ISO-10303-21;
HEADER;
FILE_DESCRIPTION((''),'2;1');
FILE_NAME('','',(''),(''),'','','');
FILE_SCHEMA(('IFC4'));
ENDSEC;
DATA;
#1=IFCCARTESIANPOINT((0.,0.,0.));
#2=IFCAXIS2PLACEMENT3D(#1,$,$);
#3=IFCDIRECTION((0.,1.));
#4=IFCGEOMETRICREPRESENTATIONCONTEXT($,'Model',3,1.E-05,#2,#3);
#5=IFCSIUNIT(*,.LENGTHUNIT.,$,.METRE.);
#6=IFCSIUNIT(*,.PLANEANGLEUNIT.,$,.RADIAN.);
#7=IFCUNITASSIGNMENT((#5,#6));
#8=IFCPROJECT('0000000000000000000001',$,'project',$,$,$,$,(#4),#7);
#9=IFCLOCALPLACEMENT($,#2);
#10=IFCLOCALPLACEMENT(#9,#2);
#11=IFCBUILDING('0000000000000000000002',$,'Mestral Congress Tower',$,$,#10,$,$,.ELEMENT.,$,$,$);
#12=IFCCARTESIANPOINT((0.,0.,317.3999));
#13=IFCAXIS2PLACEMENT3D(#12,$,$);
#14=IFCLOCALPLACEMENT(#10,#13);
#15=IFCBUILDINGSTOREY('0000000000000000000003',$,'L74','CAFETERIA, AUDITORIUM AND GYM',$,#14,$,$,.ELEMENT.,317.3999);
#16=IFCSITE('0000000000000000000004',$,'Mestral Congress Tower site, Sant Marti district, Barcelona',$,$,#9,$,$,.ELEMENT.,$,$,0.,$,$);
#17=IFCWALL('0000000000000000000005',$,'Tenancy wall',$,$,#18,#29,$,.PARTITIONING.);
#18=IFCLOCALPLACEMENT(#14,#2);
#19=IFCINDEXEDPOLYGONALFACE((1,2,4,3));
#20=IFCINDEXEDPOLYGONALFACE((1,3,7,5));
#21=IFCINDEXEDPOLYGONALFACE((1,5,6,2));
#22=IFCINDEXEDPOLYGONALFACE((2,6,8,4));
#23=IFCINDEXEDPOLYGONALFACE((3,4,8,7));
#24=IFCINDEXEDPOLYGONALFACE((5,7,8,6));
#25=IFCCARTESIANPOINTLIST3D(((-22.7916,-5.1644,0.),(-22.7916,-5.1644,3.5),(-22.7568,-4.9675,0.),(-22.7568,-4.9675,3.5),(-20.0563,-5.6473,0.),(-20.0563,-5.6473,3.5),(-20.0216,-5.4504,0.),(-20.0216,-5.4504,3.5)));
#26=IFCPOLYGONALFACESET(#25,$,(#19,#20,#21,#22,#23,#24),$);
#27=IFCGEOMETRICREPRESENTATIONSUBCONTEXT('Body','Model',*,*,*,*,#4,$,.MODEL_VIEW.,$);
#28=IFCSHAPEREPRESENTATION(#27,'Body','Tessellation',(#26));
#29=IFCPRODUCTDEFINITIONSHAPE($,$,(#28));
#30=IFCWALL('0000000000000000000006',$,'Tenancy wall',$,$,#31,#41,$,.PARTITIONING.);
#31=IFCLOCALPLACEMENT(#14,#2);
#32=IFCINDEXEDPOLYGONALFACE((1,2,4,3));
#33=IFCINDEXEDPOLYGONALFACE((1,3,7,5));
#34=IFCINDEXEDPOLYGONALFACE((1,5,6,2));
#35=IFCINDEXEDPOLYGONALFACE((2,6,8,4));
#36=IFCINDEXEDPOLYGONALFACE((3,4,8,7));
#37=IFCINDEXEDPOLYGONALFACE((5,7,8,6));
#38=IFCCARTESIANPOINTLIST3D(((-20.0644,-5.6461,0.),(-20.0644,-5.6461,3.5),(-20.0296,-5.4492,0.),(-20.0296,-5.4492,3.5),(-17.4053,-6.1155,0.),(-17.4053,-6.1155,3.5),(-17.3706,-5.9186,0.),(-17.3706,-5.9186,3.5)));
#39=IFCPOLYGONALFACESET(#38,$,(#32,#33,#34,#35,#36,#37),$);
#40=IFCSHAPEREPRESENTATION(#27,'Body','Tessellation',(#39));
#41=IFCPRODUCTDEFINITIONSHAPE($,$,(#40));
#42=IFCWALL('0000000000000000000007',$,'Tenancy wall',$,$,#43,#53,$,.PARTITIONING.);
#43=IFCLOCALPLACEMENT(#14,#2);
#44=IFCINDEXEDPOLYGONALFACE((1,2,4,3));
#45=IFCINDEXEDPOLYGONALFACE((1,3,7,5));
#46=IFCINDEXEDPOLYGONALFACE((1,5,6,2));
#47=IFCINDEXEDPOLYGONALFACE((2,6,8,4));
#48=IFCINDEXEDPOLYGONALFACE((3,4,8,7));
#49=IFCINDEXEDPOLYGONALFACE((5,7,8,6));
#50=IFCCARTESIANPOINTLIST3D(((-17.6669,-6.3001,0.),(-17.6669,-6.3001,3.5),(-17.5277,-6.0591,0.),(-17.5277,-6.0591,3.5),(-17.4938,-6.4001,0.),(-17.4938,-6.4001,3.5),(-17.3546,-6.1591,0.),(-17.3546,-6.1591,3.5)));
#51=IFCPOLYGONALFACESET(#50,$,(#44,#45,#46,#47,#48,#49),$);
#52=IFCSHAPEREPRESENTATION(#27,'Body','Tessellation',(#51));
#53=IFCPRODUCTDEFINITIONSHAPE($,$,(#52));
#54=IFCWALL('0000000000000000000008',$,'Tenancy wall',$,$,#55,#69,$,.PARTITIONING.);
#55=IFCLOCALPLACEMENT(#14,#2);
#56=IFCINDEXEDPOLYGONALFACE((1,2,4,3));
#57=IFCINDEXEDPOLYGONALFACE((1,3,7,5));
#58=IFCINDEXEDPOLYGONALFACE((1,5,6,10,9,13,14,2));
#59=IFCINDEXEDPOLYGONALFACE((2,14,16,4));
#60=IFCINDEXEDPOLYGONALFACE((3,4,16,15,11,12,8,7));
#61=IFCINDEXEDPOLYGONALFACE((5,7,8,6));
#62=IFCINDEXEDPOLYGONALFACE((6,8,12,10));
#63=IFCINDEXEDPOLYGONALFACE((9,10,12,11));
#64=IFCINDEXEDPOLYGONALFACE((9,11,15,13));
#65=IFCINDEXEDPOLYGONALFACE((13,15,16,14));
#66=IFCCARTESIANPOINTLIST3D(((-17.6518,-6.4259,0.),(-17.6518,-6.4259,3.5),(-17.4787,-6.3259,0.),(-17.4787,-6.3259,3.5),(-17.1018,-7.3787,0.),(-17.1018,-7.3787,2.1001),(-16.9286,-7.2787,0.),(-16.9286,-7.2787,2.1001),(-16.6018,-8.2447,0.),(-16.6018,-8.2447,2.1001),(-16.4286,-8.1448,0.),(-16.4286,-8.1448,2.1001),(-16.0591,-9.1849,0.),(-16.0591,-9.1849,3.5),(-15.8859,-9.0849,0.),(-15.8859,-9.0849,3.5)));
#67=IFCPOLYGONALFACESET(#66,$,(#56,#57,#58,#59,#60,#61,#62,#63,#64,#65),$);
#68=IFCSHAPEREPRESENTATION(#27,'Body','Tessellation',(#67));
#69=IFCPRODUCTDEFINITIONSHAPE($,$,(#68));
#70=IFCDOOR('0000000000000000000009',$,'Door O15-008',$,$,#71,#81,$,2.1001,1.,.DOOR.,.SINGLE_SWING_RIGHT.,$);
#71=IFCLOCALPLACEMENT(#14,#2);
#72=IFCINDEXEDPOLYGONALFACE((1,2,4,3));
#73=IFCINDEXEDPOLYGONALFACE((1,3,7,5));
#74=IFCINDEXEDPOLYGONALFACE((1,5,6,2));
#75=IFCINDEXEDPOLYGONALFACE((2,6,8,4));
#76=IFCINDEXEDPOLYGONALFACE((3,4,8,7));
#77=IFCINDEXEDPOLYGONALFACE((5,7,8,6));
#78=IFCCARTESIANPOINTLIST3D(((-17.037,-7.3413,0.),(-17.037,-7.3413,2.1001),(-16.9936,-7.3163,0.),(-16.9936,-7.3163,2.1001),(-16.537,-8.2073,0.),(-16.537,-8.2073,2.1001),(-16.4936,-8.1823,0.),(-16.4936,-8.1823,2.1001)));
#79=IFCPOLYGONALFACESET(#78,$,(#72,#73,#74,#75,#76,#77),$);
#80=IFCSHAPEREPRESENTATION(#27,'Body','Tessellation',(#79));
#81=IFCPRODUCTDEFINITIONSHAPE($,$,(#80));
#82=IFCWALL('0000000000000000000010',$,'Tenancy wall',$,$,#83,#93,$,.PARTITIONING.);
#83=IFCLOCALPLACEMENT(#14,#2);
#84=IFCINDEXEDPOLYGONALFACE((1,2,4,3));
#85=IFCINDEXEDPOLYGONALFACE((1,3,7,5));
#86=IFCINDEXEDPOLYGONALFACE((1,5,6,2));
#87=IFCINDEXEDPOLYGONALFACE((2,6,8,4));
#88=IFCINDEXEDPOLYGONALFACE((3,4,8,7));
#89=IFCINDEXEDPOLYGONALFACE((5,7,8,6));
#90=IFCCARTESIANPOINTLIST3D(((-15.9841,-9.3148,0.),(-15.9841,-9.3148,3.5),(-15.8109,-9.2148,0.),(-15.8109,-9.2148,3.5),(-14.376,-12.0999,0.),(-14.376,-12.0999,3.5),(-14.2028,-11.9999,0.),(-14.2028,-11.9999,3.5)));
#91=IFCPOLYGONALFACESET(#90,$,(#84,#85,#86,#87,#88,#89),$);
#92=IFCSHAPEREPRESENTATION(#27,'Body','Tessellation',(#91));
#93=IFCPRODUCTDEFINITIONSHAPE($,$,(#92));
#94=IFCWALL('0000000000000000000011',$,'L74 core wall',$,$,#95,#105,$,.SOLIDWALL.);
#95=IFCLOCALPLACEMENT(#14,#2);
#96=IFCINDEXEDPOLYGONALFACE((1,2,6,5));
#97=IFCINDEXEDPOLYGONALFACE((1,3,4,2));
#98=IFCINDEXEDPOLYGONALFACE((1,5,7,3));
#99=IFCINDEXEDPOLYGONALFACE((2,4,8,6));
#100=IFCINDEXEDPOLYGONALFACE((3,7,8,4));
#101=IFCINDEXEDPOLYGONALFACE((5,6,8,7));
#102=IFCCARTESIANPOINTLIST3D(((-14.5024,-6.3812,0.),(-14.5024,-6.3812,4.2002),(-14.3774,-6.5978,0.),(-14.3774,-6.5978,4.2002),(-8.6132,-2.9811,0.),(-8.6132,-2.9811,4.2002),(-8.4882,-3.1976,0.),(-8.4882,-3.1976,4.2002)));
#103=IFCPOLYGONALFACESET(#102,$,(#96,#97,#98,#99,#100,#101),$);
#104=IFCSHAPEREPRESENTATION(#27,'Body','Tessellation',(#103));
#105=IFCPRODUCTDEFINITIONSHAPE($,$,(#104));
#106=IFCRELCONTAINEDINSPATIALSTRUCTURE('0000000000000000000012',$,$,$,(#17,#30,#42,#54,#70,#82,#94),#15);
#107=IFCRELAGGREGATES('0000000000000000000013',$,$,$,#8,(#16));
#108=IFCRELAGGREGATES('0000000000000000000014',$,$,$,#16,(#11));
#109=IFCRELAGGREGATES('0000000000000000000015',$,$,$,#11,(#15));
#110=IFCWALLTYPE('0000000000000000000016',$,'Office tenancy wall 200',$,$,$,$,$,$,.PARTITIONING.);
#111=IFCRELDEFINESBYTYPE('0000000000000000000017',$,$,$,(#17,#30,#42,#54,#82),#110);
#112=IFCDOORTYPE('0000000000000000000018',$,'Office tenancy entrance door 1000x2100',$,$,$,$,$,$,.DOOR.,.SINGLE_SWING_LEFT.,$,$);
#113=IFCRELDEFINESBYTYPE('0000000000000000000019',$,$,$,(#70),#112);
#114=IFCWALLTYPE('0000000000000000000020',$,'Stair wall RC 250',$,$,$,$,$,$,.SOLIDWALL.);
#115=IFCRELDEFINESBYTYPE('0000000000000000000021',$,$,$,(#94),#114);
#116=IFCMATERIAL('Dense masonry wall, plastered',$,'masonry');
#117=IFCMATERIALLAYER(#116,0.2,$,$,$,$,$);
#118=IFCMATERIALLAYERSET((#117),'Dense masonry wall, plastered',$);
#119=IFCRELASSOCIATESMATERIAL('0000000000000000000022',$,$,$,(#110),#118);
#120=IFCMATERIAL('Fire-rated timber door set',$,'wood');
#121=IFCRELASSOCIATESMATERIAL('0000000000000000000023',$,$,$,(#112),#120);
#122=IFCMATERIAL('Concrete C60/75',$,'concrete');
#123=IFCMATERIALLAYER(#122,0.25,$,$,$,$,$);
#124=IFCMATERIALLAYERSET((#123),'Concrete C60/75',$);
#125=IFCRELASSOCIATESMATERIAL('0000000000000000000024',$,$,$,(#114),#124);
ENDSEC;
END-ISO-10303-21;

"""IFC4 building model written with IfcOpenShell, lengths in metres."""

from ifc_helpers import new_model, si_unit, direction, frame, frame_2d, origin, place, context, subcontext, project, spatial, rectangle, extrude, material, layer, layer_set, type_object, element, fill, save


model = new_model("IFC4")

# Units and contexts
model_context = context("Model", 3, precision=1e-05, world=origin(), true_north=direction((0.0, 1.0)))
body_context = subcontext(model_context, "Body", "Model", "MODEL_VIEW")
ifc_project = project(units=[si_unit("LENGTHUNIT", "METRE"), si_unit("PLANEANGLEUNIT", "RADIAN")], contexts=[model_context])

# Site, building, storey
site_placement = place(None, origin())
site = spatial("IfcSite", under=ifc_project, at=site_placement, Name="Mestral Congress Tower site, Sant Marti district, Barcelona", CompositionType="ELEMENT", RefElevation=0.0)
building_placement = place(site_placement, origin())
building = spatial("IfcBuilding", under=site, at=building_placement, Name="Mestral Congress Tower", CompositionType="ELEMENT")
storey_placement = place(building_placement, frame((0.0, 0.0, 317.3999)))
storey = spatial("IfcBuildingStorey", under=building, at=storey_placement, Name="L74", Description="CAFETERIA, AUDITORIUM AND GYM", CompositionType="ELEMENT", Elevation=317.3999)

# Shared definitions
ifc_material_1 = material(Name="Concrete C60/75", Category="concrete")

# Walls
ifc_material_2 = material(Name="Dense masonry wall, plastered", Category="masonry")
ifc_layer_1 = layer(ifc_material_2, 0.2)
ifc_layer_set_1 = layer_set([ifc_layer_1], Name="Dense masonry wall, plastered")
wall_type_1 = type_object("IfcWallType", Name="Office tenancy wall 200", PredefinedType="PARTITIONING", material=ifc_layer_set_1)
wall_1_placement = place(storey_placement, frame((-20.0391, -5.5488, 0.0), z_axis=(0.0, 0.0, 1.0), x_axis=(-0.984771, 0.173856, 0.0)))
element("IfcWall", 1, at=wall_1_placement, inside=storey, type_object=wall_type_1, Name="Tenancy wall", PredefinedType="PARTITIONING", context=body_context, shape_type="SweptSolid", body=[
    extrude(rectangle(XDim=2.7776, YDim=0.2, at=frame_2d((1.3887, 0.0))), origin(), (0.0, 0.0, 1.0), 3.5),
])
wall_2_placement = place(storey_placement, frame((-17.3879, -6.0171, 0.0), z_axis=(0.0, 0.0, 1.0), x_axis=(-0.98477, 0.173863, 0.0)))
element("IfcWall", 2, at=wall_2_placement, inside=storey, type_object=wall_type_1, Name="Tenancy wall", PredefinedType="PARTITIONING", context=body_context, shape_type="SweptSolid", body=[
    extrude(rectangle(XDim=2.7002, YDim=0.2, at=frame_2d((1.3501, 0.0))), origin(), (0.0, 0.0, 1.0), 3.5),
])
wall_3_placement = place(storey_placement, frame((-17.4412, -6.1091, 0.0), z_axis=(0.0, 0.0, 1.0), x_axis=(-0.500102, -0.865966, 0.0)))
element("IfcWall", 3, at=wall_3_placement, inside=storey, type_object=wall_type_1, Name="Tenancy wall", PredefinedType="PARTITIONING", context=body_context, shape_type="SweptSolid", body=[
    extrude(rectangle(XDim=0.2783, YDim=0.2, at=frame_2d((0.1392, 0.0))), origin(), (0.0, 0.0, 1.0), 3.5),
])

# Wall, opening, door
wall_4_placement = place(storey_placement, frame((-17.5652, -6.376, 0.0), z_axis=(0.0, 0.0, 1.0), x_axis=(0.499963, -0.866046, 0.0)))
wall_4 = element("IfcWall", 4, at=wall_4_placement, inside=storey, type_object=wall_type_1, Name="Tenancy wall", PredefinedType="PARTITIONING", context=body_context, shape_type="SweptSolid", body=[
    extrude(rectangle(XDim=3.1858, YDim=0.2, at=frame_2d((1.5928, 0.0))), origin(), (0.0, 0.0, 1.0), 3.5),
])
opening_1_placement = place(wall_4_placement, frame((1.1001, 0.0, 0.0)))
opening_1 = element("IfcOpeningElement", 5, at=opening_1_placement, cuts=wall_4, PredefinedType="OPENING", context=body_context, shape_type="SweptSolid", body=[
    extrude(rectangle(XDim=1.0, YDim=2.1001, at=frame_2d((0.5, 1.05))), frame((0.0, 0.1099, 0.0), z_axis=(0.0, -1.0, 0.0), x_axis=(1.0, 0.0, 0.0)), (0.0, 0.0, 1.0), 0.22),
])
ifc_material_3 = material(Name="Fire-rated timber door set", Category="wood")
door_type_1 = type_object("IfcDoorType", Name="Office tenancy entrance door 1000x2100", OperationType="SINGLE_SWING_LEFT", PredefinedType="DOOR", material=ifc_material_3)
door_1_placement = place(opening_1_placement, origin())
door_1 = element("IfcDoor", 6, at=door_1_placement, inside=storey, type_object=door_type_1, Name="Door O15-008", OperationType="SINGLE_SWING_RIGHT", OverallHeight=2.1001, OverallWidth=1.0, PredefinedType="DOOR", context=body_context, shape_type="SweptSolid", body=[
    extrude(rectangle(XDim=1.0, YDim=2.1001, at=frame_2d((0.5, 1.05))), frame((0.0, 0.0249, 0.0), z_axis=(0.0, -1.0, 0.0), x_axis=(1.0, 0.0, 0.0)), (0.0, 0.0, 1.0), 0.05),
])
fill(opening_1, door_1)

# Walls
wall_5_placement = place(storey_placement, frame((-15.8975, -9.2649, 0.0), z_axis=(0.0, 0.0, 1.0), x_axis=(0.500033, -0.866006, 0.0)))
element("IfcWall", 7, at=wall_5_placement, inside=storey, type_object=wall_type_1, Name="Tenancy wall", PredefinedType="PARTITIONING", context=body_context, shape_type="SweptSolid", body=[
    extrude(rectangle(XDim=3.2161, YDim=0.2, at=frame_2d((1.6079, 0.0))), origin(), (0.0, 0.0, 1.0), 3.5),
])
ifc_layer_2 = layer(ifc_material_1, 0.25)
ifc_layer_set_2 = layer_set([ifc_layer_2], Name="Concrete C60/75")
wall_type_2 = type_object("IfcWallType", Name="Stair wall RC 250", PredefinedType="SOLIDWALL", material=ifc_layer_set_2)
wall_6_placement = place(storey_placement, frame((-14.4399, -6.4895, 0.0), z_axis=(0.0, 0.0, 1.0), x_axis=(0.866023, 0.500004, 0.0)))
element("IfcWall", 8, at=wall_6_placement, inside=storey, type_object=wall_type_2, Name="L74 core wall", PredefinedType="SOLIDWALL", context=body_context, shape_type="SweptSolid", body=[
    extrude(rectangle(XDim=6.8003, YDim=0.25, at=frame_2d((3.4001, 0.0))), origin(), (0.0, 0.0, 1.0), 4.2002),
])

save(model, "model.ifc")
